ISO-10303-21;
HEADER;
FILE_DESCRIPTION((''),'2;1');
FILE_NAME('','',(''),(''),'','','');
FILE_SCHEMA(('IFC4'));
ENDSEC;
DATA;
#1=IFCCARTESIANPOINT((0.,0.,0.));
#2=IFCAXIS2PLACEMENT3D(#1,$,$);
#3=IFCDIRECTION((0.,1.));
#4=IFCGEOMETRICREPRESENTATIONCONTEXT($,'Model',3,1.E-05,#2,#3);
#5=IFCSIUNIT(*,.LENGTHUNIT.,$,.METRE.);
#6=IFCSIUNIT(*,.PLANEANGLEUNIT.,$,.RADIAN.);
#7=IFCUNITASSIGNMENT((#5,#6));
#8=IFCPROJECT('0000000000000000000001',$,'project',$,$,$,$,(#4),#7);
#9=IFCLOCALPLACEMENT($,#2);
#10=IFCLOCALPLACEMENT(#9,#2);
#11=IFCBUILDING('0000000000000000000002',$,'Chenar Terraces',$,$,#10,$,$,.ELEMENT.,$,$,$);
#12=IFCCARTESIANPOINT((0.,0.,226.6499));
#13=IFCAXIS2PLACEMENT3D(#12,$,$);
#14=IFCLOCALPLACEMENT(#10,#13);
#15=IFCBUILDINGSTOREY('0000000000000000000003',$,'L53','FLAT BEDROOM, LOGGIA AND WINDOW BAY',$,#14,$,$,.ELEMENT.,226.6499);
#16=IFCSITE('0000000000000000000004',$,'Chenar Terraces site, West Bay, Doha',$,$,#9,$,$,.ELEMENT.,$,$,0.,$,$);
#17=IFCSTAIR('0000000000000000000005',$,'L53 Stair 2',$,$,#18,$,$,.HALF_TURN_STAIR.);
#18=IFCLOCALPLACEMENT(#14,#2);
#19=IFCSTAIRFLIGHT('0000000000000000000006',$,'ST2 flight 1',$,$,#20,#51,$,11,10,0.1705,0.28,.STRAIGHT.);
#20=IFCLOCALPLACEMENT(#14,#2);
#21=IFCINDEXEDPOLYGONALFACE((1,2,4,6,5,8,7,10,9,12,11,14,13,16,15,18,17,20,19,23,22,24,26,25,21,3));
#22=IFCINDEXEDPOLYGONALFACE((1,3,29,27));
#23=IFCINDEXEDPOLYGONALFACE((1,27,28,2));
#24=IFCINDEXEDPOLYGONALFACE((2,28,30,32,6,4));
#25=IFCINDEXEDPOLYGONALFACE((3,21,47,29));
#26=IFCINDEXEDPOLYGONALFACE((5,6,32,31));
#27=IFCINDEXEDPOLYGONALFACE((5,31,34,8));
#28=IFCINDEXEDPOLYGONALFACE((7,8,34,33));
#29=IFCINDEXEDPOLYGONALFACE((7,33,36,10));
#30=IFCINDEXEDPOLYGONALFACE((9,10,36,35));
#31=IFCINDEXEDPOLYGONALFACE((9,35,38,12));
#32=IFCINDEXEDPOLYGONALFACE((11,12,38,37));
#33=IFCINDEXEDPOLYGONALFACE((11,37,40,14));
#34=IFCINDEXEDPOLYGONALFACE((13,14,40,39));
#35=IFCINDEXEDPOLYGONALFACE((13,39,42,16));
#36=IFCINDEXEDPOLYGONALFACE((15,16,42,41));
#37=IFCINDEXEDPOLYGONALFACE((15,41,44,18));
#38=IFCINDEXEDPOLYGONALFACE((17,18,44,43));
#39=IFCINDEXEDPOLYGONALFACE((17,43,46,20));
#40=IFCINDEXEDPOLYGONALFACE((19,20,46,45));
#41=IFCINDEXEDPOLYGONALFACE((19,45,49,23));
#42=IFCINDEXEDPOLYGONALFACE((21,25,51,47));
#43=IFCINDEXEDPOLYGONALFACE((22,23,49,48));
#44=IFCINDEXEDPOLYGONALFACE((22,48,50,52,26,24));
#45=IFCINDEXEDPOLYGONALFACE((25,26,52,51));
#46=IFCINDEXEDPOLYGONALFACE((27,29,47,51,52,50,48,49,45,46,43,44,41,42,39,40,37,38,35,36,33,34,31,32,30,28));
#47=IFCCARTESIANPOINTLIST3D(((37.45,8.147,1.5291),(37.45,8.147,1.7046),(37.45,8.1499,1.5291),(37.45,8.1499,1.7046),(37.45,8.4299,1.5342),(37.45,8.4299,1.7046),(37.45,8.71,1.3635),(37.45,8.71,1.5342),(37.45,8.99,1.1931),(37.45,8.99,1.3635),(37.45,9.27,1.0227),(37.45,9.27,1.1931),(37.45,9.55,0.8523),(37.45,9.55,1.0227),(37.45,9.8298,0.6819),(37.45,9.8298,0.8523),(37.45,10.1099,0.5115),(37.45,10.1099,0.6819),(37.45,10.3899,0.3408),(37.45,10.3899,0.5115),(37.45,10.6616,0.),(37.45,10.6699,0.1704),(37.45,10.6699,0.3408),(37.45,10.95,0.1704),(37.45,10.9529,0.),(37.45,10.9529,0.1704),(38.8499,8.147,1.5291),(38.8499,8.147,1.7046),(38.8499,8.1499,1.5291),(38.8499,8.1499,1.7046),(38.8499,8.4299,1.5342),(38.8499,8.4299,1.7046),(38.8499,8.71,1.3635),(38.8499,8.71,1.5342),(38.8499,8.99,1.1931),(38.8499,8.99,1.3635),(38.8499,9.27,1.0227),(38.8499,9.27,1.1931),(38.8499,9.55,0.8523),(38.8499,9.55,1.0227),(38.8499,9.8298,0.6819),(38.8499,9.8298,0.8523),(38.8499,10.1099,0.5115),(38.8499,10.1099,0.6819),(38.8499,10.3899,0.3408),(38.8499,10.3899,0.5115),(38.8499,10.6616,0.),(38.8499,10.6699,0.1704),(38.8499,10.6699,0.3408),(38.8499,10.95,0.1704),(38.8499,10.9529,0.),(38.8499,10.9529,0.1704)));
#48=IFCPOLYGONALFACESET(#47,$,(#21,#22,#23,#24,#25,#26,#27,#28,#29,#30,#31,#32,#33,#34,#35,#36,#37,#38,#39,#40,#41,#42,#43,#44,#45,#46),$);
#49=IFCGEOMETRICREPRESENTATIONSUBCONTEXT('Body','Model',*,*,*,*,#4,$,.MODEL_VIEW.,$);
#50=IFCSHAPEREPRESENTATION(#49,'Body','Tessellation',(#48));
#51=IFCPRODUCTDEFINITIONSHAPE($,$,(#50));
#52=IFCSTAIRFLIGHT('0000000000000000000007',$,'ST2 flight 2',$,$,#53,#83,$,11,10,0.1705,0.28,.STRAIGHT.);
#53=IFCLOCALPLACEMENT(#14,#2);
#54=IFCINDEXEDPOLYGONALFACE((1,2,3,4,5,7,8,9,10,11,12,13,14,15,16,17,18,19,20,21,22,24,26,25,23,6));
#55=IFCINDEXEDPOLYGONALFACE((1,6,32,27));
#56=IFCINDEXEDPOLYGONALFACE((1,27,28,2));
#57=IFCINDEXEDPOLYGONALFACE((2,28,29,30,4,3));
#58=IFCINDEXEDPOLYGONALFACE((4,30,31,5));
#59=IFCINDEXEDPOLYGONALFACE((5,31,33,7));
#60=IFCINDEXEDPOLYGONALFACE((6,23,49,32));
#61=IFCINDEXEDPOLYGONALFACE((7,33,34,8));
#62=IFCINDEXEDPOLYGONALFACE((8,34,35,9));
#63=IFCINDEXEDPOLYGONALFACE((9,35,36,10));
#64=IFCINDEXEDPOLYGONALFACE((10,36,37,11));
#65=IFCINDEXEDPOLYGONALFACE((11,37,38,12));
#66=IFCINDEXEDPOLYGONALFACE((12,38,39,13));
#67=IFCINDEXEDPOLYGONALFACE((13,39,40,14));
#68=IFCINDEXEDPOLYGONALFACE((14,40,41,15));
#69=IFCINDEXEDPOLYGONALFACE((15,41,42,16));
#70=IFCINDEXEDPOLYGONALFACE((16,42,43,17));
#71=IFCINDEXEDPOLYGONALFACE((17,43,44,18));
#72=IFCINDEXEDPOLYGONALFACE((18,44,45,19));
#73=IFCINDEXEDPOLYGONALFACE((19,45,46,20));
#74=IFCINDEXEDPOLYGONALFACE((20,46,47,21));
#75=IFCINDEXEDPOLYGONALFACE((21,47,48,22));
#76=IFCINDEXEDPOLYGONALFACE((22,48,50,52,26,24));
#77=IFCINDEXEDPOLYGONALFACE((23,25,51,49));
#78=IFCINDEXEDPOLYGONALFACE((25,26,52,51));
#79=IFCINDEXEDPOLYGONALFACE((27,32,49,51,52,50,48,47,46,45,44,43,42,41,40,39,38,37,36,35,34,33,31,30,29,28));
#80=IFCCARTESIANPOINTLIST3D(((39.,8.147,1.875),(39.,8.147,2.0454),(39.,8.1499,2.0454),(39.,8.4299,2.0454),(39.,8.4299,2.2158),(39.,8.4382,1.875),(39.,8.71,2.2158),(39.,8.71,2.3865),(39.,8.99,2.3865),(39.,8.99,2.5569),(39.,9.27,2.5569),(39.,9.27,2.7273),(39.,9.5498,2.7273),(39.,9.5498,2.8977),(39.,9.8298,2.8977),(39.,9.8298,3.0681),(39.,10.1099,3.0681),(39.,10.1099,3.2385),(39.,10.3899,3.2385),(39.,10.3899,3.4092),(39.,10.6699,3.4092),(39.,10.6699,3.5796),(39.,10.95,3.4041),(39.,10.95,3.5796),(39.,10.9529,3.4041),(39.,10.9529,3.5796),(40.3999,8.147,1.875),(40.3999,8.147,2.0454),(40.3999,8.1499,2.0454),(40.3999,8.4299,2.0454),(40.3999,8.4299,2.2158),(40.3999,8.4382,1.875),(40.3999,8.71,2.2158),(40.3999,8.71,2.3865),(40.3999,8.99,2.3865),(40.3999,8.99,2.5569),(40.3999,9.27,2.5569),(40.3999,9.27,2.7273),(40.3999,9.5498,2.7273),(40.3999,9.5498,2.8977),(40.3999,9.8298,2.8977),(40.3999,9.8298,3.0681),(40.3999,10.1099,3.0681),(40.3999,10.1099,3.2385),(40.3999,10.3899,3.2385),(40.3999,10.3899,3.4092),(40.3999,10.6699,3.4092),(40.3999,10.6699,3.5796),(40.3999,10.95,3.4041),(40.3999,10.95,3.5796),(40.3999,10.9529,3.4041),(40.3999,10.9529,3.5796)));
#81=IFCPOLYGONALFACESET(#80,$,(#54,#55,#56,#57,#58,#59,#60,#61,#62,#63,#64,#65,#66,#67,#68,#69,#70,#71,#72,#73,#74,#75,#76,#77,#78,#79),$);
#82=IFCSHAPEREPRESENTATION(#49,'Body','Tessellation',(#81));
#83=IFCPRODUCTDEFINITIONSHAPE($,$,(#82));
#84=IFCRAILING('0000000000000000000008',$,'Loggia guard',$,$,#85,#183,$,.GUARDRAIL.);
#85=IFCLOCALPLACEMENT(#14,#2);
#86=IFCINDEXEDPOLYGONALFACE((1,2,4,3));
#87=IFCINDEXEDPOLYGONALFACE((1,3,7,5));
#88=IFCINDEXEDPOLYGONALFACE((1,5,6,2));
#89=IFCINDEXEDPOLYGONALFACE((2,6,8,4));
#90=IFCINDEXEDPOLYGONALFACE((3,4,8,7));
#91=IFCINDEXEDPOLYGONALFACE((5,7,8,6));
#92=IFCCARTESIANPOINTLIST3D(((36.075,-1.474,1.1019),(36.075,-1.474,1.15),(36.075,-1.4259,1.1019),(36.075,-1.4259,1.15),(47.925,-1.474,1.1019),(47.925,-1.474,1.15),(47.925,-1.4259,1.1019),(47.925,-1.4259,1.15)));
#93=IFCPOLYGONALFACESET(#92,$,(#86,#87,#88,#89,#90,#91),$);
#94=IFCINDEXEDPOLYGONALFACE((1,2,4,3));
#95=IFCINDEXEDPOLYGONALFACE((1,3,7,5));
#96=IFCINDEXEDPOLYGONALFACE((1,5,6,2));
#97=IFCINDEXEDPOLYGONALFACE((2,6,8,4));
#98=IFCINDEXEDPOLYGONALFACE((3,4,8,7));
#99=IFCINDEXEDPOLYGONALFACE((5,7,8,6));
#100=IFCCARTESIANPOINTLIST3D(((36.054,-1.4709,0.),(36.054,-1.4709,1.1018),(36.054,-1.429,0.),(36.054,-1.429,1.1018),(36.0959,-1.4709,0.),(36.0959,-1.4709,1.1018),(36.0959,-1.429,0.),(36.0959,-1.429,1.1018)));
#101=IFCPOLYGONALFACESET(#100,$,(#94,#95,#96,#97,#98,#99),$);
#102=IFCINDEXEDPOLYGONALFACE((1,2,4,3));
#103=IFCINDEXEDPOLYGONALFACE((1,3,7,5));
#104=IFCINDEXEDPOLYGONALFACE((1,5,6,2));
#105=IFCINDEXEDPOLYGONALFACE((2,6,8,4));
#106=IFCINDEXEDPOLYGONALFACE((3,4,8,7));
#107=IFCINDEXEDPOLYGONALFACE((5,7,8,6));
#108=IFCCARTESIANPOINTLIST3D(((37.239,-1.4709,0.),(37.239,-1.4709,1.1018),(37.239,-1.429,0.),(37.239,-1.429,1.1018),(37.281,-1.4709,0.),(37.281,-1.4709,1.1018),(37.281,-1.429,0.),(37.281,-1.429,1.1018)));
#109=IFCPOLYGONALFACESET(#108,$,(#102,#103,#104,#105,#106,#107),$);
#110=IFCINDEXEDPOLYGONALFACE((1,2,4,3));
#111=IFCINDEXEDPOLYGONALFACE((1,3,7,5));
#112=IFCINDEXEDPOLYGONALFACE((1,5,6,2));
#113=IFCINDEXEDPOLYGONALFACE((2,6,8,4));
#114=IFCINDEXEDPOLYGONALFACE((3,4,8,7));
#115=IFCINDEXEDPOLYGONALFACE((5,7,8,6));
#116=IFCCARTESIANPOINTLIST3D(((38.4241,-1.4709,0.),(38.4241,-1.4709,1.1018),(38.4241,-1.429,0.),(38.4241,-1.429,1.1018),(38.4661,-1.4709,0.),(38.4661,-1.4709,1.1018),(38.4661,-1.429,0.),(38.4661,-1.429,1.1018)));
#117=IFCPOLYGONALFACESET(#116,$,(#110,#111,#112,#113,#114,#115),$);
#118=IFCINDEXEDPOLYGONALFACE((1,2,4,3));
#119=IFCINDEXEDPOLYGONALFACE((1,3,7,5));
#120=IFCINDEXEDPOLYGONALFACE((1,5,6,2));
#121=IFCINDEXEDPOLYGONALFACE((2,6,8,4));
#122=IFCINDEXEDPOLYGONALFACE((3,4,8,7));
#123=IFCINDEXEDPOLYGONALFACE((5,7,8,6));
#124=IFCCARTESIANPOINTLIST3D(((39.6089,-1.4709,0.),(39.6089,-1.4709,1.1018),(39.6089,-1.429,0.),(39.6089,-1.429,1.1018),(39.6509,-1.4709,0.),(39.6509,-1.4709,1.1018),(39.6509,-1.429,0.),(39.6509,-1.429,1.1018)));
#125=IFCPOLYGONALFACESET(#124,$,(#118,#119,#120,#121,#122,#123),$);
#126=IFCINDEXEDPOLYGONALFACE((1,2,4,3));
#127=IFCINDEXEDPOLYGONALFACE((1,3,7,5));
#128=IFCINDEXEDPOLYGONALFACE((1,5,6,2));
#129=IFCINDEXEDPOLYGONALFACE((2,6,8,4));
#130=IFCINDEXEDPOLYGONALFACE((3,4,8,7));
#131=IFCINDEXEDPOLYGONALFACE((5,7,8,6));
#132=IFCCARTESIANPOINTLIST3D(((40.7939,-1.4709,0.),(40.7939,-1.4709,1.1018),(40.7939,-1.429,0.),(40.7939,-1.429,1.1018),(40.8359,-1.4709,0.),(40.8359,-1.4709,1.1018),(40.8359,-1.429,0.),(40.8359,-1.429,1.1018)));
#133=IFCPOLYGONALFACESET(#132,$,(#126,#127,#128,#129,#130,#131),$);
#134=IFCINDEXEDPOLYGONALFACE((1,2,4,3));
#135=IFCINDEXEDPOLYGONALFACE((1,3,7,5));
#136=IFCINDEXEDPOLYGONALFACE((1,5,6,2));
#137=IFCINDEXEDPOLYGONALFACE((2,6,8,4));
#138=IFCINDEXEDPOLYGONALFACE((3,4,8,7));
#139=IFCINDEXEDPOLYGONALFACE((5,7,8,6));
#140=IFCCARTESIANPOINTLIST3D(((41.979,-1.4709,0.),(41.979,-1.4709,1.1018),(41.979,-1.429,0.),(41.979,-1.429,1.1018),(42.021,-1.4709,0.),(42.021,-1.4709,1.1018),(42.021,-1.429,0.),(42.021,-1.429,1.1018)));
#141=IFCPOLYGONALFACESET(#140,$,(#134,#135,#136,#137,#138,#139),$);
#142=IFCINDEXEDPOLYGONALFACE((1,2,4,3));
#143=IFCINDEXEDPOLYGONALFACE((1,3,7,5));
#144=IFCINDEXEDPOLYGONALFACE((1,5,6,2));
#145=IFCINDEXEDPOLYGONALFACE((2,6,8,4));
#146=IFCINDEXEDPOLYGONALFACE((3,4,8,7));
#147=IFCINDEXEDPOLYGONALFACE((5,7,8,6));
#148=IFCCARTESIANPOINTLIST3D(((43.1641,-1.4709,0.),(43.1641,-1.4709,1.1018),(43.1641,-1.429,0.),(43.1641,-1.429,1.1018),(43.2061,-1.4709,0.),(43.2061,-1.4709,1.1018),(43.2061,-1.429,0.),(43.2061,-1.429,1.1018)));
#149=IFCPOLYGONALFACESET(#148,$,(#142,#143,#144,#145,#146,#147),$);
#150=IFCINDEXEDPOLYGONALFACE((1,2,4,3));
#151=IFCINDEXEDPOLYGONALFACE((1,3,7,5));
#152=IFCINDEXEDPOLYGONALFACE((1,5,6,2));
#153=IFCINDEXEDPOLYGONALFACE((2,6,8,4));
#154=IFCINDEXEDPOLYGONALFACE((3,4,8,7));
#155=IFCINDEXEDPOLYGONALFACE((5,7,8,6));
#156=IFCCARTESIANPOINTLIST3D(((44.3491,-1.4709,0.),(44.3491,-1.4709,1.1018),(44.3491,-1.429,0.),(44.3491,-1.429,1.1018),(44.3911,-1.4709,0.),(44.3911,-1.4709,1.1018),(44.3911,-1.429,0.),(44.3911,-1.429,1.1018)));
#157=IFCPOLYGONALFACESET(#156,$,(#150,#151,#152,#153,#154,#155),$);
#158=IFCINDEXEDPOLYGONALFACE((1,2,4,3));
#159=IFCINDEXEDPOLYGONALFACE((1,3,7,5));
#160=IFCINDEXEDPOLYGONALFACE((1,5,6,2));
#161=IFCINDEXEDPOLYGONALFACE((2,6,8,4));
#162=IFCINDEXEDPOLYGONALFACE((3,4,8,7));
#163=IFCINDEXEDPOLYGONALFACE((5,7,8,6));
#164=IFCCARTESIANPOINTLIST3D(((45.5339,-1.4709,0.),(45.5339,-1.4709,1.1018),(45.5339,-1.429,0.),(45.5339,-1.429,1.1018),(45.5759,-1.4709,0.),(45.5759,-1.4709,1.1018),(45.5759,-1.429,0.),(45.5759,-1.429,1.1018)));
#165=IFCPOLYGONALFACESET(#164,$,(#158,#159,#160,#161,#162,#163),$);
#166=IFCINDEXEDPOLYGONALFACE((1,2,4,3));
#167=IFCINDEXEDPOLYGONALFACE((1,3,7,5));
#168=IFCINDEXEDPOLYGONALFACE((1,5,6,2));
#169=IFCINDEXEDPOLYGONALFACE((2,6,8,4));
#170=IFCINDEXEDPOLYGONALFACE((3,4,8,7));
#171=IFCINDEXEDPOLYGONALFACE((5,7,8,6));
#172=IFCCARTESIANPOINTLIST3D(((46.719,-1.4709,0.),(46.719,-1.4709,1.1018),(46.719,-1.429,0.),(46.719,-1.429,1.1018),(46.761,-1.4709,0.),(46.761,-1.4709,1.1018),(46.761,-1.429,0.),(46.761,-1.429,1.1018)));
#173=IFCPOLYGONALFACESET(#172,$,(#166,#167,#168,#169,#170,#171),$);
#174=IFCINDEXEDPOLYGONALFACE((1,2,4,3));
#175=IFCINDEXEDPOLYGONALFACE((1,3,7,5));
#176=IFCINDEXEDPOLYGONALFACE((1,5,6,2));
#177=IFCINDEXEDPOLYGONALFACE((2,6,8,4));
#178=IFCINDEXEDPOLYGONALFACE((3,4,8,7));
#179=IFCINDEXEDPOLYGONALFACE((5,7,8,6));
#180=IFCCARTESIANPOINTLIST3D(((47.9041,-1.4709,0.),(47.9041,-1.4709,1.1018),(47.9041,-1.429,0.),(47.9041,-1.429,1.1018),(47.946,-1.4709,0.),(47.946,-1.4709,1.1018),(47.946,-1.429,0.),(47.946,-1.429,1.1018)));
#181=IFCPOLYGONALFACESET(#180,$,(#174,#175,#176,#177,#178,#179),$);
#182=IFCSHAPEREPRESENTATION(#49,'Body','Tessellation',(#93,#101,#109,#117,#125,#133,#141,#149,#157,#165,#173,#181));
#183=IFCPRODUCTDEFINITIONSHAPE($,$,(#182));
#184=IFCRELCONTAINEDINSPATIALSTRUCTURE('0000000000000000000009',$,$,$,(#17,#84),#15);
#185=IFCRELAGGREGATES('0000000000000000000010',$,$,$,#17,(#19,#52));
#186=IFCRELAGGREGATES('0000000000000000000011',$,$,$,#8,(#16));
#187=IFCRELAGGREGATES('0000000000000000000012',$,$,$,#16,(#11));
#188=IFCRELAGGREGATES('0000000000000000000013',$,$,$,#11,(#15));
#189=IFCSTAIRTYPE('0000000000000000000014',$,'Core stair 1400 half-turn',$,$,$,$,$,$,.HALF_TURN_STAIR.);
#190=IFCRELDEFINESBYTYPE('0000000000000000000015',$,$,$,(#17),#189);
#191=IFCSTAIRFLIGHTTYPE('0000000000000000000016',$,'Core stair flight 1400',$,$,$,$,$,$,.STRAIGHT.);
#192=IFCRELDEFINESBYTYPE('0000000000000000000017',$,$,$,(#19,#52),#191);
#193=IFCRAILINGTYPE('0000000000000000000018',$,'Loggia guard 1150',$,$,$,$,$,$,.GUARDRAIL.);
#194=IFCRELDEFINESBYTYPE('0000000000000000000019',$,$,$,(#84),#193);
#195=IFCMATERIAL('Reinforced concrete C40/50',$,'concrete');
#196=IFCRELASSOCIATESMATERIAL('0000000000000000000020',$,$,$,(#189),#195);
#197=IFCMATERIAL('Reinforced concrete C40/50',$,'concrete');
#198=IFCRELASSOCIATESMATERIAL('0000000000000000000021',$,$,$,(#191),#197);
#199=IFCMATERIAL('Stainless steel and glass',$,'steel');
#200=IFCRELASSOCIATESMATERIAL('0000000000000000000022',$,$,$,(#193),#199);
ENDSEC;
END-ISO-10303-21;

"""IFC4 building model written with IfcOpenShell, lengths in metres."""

from ifc_helpers import new_model, si_unit, direction, frame, origin, origin_2d, place, context, subcontext, project, spatial, polyline, rectangle, outline, extrude, material, type_object, element, aggregate, save


model = new_model("IFC4")

# Units and contexts
model_context = context("Model", 3, precision=1e-05, world=origin(), true_north=direction((0.0, 1.0)))
body_context = subcontext(model_context, "Body", "Model", "MODEL_VIEW")
ifc_project = project(units=[si_unit("LENGTHUNIT", "METRE"), si_unit("PLANEANGLEUNIT", "RADIAN")], contexts=[model_context])

# Site, building, storey
site_placement = place(None, origin())
site = spatial("IfcSite", under=ifc_project, at=site_placement, Name="Chenar Terraces site, West Bay, Doha", CompositionType="ELEMENT", RefElevation=0.0)
building_placement = place(site_placement, origin())
building = spatial("IfcBuilding", under=site, at=building_placement, Name="Chenar Terraces", CompositionType="ELEMENT")
storey_placement = place(building_placement, frame((0.0, 0.0, 226.6499)))
storey = spatial("IfcBuildingStorey", under=building, at=storey_placement, Name="L53", Description="FLAT BEDROOM, LOGGIA AND WINDOW BAY", CompositionType="ELEMENT", Elevation=226.6499)

# Stair, stair flights
ifc_material_1 = material(Name="Reinforced concrete C40/50", Category="concrete")
stair_type = type_object("IfcStairType", Name="Core stair 1400 half-turn", PredefinedType="HALF_TURN_STAIR", material=ifc_material_1)
stair_placement = place(storey_placement, origin())
stair = element("IfcStair", 1, at=stair_placement, inside=storey, type_object=stair_type, Name="L53 Stair 2", PredefinedType="HALF_TURN_STAIR")
ifc_material_2 = material(Name="Reinforced concrete C40/50", Category="concrete")
stair_flight_type = type_object("IfcStairFlightType", Name="Core stair flight 1400", PredefinedType="STRAIGHT", material=ifc_material_2)
stair_flight_1_placement = place(storey_placement, frame((38.1499, 10.95, 0.0), z_axis=(0.0, 0.0, 1.0), x_axis=(0.0, -1.0, 0.0)))
stair_flight_1 = element("IfcStairFlight", 2, at=stair_flight_1_placement, type_object=stair_flight_type, Name="ST2 flight 1", NumberOfRisers=11, NumberOfTreads=10, PredefinedType="STRAIGHT", RiserHeight=0.1705, TreadLength=0.28, context=body_context, shape_type="SweptSolid", body=[
    extrude(outline(polyline([(-0.0029, 0.0), (-0.0029, 0.1704), (0.0, 0.1704), (0.28, 0.1704), (0.28, 0.3408), (0.5601, 0.3408), (0.5601, 0.5115), (0.8401, 0.5115), (0.8401, 0.6819), (1.1201, 0.6819), (1.1201, 0.8523), (1.3999, 0.8523), (1.3999, 1.0227), (1.6799, 1.0227), (1.6799, 1.1931), (1.96, 1.1931), (1.96, 1.3635), (2.24, 1.3635), (2.24, 1.5342), (2.52, 1.5342), (2.52, 1.7046), (2.8, 1.7046), (2.803, 1.7046), (2.803, 1.5291), (2.8, 1.5291), (0.2883, 0.0), (-0.0029, 0.0)])), frame((0.0, 0.7, 0.0), z_axis=(0.0, -1.0, 0.0), x_axis=(1.0, 0.0, 0.0)), (0.0, 0.0, 1.0), 1.3999),
])
stair_flight_2_placement = place(storey_placement, frame((39.7, 8.1499, 1.875), z_axis=(0.0, 0.0, 1.0), x_axis=(0.0, 1.0, 0.0)))
stair_flight_2 = element("IfcStairFlight", 3, at=stair_flight_2_placement, type_object=stair_flight_type, Name="ST2 flight 2", NumberOfRisers=11, NumberOfTreads=10, PredefinedType="STRAIGHT", RiserHeight=0.1705, TreadLength=0.28, context=body_context, shape_type="SweptSolid", body=[
    extrude(outline(polyline([(-0.0029, 0.0), (-0.0029, 0.1704), (0.0, 0.1704), (0.28, 0.1704), (0.28, 0.3408), (0.5601, 0.3408), (0.5601, 0.5115), (0.8401, 0.5115), (0.8401, 0.6819), (1.1201, 0.6819), (1.1201, 0.8523), (1.3999, 0.8523), (1.3999, 1.0227), (1.6799, 1.0227), (1.6799, 1.1931), (1.96, 1.1931), (1.96, 1.3635), (2.24, 1.3635), (2.24, 1.5342), (2.52, 1.5342), (2.52, 1.7046), (2.8, 1.7046), (2.803, 1.7046), (2.803, 1.5291), (2.8, 1.5291), (0.2883, 0.0), (-0.0029, 0.0)])), frame((0.0, 0.7, 0.0), z_axis=(0.0, -1.0, 0.0), x_axis=(1.0, 0.0, 0.0)), (0.0, 0.0, 1.0), 1.3999),
])
aggregate(stair, [stair_flight_1, stair_flight_2])

# Railing
ifc_material_3 = material(Name="Stainless steel and glass", Category="steel")
railing_type_1 = type_object("IfcRailingType", Name="Loggia guard 1150", PredefinedType="GUARDRAIL", material=ifc_material_3)
railing_1_placement = place(storey_placement, frame((36.075, -1.45, 0.0)))
element("IfcRailing", 4, at=railing_1_placement, inside=storey, type_object=railing_type_1, Name="Loggia guard", PredefinedType="GUARDRAIL", context=body_context, shape_type="SweptSolid", body=[
    extrude(rectangle(XDim=0.0481, YDim=0.0481, at=origin_2d()), frame((0.0, 0.0, 1.126), z_axis=(1.0, 0.0, 0.0), x_axis=(0.0, 1.0, 0.0)), (0.0, 0.0, 1.0), 11.8501),
    extrude(rectangle(XDim=0.042, YDim=0.042, at=origin_2d()), origin(), (0.0, 0.0, 1.0), 1.1018),
    extrude(rectangle(XDim=0.042, YDim=0.042, at=origin_2d()), frame((1.1851, 0.0, 0.0)), (0.0, 0.0, 1.0), 1.1018),
    extrude(rectangle(XDim=0.042, YDim=0.042, at=origin_2d()), frame((2.3701, 0.0, 0.0)), (0.0, 0.0, 1.0), 1.1018),
    extrude(rectangle(XDim=0.042, YDim=0.042, at=origin_2d()), frame((3.5549, 0.0, 0.0)), (0.0, 0.0, 1.0), 1.1018),
    extrude(rectangle(XDim=0.042, YDim=0.042, at=origin_2d()), frame((4.74, 0.0, 0.0)), (0.0, 0.0, 1.0), 1.1018),
    extrude(rectangle(XDim=0.042, YDim=0.042, at=origin_2d()), frame((5.925, 0.0, 0.0)), (0.0, 0.0, 1.0), 1.1018),
    extrude(rectangle(XDim=0.042, YDim=0.042, at=origin_2d()), frame((7.1101, 0.0, 0.0)), (0.0, 0.0, 1.0), 1.1018),
    extrude(rectangle(XDim=0.042, YDim=0.042, at=origin_2d()), frame((8.2952, 0.0, 0.0)), (0.0, 0.0, 1.0), 1.1018),
    extrude(rectangle(XDim=0.042, YDim=0.042, at=origin_2d()), frame((9.48, 0.0, 0.0)), (0.0, 0.0, 1.0), 1.1018),
    extrude(rectangle(XDim=0.042, YDim=0.042, at=origin_2d()), frame((10.665, 0.0, 0.0)), (0.0, 0.0, 1.0), 1.1018),
    extrude(rectangle(XDim=0.042, YDim=0.042, at=origin_2d()), frame((11.8501, 0.0, 0.0)), (0.0, 0.0, 1.0), 1.1018),
])

save(model, "model.ifc")
